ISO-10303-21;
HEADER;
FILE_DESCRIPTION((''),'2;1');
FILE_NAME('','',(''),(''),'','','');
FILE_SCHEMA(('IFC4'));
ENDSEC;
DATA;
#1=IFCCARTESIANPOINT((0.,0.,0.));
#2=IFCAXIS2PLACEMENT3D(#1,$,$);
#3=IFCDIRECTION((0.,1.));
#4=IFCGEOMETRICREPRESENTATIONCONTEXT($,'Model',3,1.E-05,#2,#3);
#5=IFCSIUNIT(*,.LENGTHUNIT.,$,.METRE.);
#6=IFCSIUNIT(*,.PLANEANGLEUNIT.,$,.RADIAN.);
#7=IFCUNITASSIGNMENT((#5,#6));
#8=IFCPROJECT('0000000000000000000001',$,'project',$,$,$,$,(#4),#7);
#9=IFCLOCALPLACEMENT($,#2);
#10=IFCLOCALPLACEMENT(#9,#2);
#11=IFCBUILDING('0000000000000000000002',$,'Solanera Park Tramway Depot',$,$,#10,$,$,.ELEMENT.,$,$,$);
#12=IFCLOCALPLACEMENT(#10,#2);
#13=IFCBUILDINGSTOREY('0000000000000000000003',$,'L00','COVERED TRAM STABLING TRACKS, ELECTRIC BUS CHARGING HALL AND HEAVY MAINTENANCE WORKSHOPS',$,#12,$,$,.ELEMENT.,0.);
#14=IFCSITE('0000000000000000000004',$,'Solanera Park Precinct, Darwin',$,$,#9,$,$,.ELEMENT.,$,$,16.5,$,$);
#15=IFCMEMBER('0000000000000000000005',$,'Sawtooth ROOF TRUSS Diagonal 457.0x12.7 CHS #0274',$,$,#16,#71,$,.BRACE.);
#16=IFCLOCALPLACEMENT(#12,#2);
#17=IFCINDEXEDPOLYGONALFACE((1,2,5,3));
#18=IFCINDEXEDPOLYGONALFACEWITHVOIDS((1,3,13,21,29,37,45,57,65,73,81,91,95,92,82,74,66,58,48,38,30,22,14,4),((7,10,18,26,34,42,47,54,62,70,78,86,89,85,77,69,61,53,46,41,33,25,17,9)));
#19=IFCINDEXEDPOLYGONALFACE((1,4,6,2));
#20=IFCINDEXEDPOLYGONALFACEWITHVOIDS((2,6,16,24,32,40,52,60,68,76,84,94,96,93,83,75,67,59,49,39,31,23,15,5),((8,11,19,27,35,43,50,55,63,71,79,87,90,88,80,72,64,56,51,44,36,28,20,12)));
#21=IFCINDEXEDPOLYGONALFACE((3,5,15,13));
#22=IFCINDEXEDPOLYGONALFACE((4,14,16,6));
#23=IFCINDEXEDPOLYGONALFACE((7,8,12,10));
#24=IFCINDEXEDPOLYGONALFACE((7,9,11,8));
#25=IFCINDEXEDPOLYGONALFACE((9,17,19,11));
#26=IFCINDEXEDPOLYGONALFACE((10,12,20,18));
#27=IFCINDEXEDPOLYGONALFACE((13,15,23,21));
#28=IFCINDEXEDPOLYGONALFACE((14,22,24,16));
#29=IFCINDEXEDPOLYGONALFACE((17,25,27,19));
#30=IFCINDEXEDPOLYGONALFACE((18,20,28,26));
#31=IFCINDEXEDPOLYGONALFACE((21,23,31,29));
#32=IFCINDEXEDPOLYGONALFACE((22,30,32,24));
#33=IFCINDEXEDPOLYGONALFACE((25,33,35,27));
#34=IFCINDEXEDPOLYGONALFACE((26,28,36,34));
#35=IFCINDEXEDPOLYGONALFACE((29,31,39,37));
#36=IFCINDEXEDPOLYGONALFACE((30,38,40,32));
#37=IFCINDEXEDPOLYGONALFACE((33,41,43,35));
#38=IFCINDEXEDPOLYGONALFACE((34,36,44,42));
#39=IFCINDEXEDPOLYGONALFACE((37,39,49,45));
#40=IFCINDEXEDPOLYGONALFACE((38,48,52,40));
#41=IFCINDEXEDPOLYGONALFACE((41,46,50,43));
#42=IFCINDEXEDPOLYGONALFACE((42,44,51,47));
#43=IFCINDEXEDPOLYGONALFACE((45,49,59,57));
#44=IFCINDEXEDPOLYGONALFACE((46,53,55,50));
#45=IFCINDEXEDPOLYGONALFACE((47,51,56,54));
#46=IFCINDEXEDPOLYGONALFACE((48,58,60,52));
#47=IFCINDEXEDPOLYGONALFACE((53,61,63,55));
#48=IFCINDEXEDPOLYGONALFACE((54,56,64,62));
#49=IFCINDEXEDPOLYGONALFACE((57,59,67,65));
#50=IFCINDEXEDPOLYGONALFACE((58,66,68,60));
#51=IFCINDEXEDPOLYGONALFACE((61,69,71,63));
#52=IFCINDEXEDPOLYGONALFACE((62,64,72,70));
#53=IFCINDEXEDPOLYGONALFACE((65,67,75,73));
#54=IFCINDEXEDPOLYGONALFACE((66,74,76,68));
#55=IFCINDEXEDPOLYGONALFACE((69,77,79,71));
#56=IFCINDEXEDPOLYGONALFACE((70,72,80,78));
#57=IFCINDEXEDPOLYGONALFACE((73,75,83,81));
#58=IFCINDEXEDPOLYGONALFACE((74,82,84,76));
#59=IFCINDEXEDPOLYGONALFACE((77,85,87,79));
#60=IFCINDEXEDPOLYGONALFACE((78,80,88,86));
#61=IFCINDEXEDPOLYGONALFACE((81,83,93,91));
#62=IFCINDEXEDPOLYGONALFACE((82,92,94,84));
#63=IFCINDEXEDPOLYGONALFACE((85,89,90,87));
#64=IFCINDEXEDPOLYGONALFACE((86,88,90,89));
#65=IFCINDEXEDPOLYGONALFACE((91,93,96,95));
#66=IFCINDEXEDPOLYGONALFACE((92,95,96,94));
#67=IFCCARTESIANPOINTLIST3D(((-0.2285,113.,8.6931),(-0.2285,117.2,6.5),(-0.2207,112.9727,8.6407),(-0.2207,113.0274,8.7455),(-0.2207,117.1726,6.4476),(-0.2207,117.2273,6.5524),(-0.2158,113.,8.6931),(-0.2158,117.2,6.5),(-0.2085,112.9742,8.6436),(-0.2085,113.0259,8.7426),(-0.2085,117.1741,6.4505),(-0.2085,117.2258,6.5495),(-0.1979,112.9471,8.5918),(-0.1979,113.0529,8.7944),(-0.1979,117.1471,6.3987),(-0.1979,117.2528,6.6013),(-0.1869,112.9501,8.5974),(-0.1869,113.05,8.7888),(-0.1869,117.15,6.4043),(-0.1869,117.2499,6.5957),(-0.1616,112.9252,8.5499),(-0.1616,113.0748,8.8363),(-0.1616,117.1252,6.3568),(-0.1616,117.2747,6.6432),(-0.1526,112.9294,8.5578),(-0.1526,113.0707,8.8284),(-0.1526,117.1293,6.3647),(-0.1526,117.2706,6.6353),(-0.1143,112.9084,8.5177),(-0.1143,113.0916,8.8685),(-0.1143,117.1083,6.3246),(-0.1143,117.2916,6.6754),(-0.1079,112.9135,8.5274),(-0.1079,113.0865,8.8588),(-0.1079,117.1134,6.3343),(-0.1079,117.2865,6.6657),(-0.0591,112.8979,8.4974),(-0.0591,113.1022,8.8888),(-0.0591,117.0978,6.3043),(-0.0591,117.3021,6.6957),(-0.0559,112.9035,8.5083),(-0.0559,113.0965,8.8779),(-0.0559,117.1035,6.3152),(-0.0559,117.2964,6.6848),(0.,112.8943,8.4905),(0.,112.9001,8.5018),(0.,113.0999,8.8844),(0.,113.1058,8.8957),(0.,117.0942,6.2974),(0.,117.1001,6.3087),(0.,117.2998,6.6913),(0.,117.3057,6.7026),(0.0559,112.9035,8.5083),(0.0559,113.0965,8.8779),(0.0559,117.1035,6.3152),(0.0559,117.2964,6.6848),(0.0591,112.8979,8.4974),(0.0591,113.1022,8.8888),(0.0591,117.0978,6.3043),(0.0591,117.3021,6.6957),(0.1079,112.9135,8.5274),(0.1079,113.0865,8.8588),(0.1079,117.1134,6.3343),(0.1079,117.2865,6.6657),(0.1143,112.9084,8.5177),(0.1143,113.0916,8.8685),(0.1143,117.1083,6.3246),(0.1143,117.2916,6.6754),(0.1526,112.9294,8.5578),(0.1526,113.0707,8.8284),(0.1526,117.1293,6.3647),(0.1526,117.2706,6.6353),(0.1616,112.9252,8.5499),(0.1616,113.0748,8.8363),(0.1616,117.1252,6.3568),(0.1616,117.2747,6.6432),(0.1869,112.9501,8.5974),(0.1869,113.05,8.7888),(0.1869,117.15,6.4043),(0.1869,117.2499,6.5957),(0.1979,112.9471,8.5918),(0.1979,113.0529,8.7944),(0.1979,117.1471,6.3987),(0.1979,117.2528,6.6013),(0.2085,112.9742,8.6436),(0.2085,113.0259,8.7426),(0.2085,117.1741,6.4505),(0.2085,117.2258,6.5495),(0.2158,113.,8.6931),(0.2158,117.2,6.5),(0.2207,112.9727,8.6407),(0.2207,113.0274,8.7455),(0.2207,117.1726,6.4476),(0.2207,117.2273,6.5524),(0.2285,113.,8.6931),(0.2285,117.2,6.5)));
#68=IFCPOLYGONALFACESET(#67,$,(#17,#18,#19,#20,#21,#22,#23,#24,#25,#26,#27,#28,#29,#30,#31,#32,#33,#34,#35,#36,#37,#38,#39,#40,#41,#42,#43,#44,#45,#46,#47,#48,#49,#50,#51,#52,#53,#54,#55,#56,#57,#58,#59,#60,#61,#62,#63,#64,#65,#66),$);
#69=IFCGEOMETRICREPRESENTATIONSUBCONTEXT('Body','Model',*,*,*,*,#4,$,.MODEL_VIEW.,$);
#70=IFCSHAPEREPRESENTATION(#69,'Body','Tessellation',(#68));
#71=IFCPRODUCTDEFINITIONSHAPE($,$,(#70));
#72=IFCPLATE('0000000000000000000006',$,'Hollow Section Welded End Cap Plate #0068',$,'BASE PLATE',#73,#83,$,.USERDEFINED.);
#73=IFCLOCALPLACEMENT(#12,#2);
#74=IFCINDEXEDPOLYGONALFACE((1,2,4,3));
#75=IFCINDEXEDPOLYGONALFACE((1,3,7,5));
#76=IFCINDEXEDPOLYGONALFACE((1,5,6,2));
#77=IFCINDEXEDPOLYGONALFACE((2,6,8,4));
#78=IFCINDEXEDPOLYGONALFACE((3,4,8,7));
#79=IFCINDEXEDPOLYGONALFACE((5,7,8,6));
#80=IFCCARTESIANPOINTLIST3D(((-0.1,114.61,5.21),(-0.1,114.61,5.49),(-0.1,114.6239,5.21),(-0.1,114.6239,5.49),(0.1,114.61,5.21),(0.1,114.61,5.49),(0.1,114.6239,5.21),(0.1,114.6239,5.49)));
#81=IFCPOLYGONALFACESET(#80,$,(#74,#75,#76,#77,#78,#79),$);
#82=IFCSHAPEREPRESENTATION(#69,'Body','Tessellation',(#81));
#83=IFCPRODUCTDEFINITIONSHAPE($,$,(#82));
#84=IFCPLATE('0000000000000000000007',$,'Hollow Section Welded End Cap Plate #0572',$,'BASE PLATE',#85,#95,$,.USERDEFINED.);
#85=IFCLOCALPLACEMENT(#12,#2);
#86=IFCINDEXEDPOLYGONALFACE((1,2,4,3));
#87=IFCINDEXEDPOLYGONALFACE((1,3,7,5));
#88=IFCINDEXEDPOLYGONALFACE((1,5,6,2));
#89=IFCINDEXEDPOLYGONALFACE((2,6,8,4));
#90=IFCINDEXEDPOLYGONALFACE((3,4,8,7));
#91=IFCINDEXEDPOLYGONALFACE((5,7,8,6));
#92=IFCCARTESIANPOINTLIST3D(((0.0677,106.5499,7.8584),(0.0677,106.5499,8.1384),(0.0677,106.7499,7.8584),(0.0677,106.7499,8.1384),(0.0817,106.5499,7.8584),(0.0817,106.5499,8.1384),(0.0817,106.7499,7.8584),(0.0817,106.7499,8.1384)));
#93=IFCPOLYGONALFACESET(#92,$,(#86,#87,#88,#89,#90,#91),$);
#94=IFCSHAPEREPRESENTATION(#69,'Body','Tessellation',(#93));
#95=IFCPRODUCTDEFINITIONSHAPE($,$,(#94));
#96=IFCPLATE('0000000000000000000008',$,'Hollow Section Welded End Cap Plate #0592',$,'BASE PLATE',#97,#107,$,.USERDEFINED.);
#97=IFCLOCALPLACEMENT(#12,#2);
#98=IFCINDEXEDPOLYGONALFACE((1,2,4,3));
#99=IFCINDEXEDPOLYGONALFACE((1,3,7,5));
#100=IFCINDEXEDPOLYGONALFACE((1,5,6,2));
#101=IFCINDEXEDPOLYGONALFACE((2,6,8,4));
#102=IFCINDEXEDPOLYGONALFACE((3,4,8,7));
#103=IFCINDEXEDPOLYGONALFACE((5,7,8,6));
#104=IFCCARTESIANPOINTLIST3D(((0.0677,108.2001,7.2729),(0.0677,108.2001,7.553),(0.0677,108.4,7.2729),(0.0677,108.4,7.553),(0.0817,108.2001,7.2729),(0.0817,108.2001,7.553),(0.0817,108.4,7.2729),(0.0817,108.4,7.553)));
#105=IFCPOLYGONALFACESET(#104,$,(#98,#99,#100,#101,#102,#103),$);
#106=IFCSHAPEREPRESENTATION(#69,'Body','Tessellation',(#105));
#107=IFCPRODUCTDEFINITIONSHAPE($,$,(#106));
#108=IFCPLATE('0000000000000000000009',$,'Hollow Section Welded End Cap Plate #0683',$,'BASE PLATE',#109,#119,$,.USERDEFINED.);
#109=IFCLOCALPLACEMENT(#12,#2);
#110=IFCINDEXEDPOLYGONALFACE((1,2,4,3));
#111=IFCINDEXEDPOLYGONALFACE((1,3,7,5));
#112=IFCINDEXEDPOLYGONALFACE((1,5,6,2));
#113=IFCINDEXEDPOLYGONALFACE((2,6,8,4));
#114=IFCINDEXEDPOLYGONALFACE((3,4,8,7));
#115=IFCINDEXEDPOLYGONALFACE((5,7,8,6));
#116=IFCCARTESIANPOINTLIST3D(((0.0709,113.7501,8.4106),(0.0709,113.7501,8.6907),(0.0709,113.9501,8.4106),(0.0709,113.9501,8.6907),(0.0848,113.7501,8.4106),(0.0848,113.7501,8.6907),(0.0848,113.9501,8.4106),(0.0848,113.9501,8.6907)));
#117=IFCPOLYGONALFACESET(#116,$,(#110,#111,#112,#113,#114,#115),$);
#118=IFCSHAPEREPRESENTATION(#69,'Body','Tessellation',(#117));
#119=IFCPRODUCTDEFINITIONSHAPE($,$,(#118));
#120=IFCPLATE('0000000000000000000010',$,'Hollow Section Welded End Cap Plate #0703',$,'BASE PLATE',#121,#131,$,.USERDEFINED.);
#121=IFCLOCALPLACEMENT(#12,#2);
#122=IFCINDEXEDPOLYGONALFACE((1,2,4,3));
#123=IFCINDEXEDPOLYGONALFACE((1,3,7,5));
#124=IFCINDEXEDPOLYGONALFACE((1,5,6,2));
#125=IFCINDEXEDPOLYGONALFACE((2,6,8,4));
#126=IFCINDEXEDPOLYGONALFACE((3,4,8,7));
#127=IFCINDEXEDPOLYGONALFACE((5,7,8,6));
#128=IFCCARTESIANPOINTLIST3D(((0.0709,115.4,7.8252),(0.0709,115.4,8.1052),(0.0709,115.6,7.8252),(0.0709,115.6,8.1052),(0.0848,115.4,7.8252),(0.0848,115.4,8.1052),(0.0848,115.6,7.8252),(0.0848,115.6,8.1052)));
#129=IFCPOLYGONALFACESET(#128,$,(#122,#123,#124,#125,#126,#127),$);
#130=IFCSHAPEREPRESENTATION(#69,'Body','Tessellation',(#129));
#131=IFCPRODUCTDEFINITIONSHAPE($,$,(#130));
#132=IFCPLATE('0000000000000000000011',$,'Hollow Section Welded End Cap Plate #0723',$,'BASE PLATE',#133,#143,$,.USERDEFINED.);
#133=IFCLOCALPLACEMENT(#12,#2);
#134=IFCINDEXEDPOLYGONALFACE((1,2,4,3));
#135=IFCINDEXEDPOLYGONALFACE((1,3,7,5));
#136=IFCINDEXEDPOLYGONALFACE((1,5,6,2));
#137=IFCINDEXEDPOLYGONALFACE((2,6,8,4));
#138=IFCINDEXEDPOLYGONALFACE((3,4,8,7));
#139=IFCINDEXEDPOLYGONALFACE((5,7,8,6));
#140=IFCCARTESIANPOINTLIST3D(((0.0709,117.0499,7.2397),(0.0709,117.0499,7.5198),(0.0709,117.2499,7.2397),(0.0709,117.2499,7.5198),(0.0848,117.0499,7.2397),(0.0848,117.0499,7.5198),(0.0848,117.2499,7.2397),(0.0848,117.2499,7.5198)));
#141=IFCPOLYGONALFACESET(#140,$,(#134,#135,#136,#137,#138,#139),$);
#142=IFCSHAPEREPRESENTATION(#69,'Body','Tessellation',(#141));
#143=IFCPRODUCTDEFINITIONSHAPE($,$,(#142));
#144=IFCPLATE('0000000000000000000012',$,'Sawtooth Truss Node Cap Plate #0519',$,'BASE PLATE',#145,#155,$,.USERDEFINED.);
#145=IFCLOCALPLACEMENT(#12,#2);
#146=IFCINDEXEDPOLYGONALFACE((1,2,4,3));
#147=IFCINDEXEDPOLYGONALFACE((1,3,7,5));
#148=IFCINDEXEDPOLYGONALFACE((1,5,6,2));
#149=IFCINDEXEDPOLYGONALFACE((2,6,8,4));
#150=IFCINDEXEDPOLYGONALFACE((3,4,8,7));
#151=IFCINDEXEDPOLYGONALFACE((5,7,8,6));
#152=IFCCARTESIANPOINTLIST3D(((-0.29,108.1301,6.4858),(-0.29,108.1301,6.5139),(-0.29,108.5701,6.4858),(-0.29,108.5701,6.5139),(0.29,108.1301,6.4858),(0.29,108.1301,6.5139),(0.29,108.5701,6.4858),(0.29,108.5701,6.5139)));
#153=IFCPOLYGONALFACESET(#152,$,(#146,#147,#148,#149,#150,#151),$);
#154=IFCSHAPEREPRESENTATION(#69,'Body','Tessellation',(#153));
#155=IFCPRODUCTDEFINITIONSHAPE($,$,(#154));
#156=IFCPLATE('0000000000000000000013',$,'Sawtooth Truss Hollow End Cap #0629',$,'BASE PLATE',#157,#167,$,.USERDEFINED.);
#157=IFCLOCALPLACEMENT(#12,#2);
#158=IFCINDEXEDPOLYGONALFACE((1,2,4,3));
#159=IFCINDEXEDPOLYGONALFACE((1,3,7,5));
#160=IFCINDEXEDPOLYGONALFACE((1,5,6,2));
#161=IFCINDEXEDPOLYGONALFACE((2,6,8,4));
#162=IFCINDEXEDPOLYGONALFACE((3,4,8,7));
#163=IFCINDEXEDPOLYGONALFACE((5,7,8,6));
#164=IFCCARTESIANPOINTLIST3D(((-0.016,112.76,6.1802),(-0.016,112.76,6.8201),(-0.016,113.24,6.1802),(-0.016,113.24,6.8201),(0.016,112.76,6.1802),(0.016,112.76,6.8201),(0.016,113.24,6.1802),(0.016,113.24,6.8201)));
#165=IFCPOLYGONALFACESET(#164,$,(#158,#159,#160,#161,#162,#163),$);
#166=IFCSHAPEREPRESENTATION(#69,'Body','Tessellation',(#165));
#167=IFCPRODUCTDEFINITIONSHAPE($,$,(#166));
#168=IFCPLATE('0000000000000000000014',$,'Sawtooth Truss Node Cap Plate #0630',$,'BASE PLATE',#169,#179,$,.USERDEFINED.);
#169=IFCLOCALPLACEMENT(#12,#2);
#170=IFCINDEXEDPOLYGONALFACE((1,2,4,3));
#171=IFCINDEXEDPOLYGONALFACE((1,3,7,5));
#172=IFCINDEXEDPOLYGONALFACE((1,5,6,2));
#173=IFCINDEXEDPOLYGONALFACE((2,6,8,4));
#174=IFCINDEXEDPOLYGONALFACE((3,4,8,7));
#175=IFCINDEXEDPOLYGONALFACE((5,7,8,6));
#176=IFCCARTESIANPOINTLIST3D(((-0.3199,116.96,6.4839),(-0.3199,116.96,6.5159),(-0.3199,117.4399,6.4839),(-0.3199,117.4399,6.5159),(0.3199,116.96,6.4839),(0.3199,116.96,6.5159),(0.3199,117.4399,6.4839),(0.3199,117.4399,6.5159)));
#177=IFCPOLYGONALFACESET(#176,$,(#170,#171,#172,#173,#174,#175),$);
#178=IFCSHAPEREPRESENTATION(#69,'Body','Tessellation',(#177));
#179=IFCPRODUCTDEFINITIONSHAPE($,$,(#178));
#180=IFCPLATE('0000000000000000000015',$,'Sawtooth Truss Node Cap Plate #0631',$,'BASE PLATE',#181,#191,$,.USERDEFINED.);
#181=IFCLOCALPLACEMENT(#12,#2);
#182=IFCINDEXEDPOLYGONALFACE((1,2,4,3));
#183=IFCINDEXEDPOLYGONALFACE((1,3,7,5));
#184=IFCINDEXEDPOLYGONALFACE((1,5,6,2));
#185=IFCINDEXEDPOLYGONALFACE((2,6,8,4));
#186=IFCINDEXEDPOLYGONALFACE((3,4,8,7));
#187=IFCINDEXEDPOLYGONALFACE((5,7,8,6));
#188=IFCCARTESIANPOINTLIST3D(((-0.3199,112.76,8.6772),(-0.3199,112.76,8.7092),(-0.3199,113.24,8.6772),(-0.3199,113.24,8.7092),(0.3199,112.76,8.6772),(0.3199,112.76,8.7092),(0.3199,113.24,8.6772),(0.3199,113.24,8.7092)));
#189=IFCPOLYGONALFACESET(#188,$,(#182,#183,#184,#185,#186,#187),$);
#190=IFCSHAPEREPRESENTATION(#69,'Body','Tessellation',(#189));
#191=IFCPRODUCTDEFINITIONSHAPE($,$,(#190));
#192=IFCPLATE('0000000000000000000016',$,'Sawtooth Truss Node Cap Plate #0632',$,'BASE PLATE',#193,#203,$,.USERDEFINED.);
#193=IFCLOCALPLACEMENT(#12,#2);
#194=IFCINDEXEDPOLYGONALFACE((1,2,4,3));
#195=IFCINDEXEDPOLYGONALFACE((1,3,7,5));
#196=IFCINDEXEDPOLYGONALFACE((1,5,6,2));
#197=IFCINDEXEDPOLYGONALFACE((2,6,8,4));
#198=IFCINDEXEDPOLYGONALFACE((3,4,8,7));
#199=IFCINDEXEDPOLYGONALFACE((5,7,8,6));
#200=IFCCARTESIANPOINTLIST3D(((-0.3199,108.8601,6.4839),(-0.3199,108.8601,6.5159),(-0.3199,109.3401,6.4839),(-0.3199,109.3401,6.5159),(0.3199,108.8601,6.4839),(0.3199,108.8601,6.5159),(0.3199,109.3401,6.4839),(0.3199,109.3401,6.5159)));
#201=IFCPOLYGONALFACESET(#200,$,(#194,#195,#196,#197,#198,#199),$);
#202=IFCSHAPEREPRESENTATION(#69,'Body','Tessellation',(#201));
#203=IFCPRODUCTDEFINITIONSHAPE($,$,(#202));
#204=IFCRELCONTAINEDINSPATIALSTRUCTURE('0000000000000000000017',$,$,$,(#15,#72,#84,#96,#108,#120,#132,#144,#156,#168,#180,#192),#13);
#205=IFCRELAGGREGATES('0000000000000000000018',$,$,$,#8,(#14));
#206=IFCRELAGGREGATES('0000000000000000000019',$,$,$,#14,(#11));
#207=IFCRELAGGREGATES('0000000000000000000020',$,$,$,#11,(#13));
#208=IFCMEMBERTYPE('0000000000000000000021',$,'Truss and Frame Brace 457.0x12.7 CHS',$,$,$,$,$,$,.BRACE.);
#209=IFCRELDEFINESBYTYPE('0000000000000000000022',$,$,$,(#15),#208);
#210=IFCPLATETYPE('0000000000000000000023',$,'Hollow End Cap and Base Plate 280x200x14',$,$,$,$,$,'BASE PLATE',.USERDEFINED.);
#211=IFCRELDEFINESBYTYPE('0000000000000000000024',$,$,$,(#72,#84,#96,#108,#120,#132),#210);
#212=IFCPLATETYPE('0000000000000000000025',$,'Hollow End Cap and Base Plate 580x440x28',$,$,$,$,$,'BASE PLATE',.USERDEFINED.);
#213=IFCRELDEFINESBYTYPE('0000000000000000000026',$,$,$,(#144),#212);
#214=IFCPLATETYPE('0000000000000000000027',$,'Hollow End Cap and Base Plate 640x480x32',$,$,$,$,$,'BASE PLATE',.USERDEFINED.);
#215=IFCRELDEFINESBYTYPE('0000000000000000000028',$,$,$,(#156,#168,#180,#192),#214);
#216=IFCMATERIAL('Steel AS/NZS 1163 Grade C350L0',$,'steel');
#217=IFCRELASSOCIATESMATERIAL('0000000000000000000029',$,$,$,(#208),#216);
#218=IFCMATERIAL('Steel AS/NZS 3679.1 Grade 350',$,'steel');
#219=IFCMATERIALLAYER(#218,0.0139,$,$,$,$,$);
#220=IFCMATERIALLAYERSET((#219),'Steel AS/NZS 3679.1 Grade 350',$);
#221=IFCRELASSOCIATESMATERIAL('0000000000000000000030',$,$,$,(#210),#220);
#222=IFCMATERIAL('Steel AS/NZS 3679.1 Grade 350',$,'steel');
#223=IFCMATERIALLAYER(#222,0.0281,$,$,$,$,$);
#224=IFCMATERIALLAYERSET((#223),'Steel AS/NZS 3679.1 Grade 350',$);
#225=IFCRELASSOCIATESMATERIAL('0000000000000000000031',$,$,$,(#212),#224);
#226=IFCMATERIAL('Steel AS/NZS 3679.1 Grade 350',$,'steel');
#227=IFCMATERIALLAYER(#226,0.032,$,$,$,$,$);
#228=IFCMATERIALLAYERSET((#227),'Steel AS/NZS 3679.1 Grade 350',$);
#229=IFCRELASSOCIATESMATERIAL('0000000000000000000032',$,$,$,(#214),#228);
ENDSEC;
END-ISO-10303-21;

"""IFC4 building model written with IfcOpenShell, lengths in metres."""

from ifc_helpers import new_model, si_unit, direction, frame, origin, origin_2d, place, context, subcontext, project, spatial, rectangle, hollow_circle, extrude, material, layer, layer_set, material_profile, profile_set, type_object, element, save


model = new_model("IFC4")

# Units and contexts
model_context = context("Model", 3, precision=1e-05, world=origin(), true_north=direction((0.0, 1.0)))
body_context = subcontext(model_context, "Body", "Model", "MODEL_VIEW")
ifc_project = project(units=[si_unit("LENGTHUNIT", "METRE"), si_unit("PLANEANGLEUNIT", "RADIAN")], contexts=[model_context])

# Site, building, storey
site_placement = place(None, origin())
site = spatial("IfcSite", under=ifc_project, at=site_placement, Name="Solanera Park Precinct, Darwin", CompositionType="ELEMENT", RefElevation=16.5)
building_placement = place(site_placement, origin())
building = spatial("IfcBuilding", under=site, at=building_placement, Name="Solanera Park Tramway Depot", CompositionType="ELEMENT")
storey_placement = place(building_placement, origin())
storey = spatial("IfcBuildingStorey", under=building, at=storey_placement, Name="L00", Description="COVERED TRAM STABLING TRACKS, ELECTRIC BUS CHARGING HALL AND HEAVY MAINTENANCE WORKSHOPS", CompositionType="ELEMENT", Elevation=0.0)

# Member
ifc_material_1 = material(Name="Steel AS/NZS 1163 Grade C350L0", Category="steel")
ifc_material_profile_1 = material_profile(ifc_material_1, hollow_circle(Radius=0.2285, WallThickness=0.0127, at=origin_2d()), Name="457.0x12.7 CHS")
ifc_profile_set_1 = profile_set([ifc_material_profile_1], Name="Steel AS/NZS 1163 Grade C350L0")
member_type_1 = type_object("IfcMemberType", Name="Truss and Frame Brace 457.0x12.7 CHS", PredefinedType="BRACE", material=ifc_profile_set_1)
member_1_placement = place(storey_placement, frame((0.0, 117.2, 6.5), z_axis=(0.0, -0.886426, 0.462871), x_axis=(1.0, 0.0, 0.0)))
element("IfcMember", 1, at=member_1_placement, inside=storey, type_object=member_type_1, Name="Sawtooth ROOF TRUSS Diagonal 457.0x12.7 CHS #0274", PredefinedType="BRACE", context=body_context, shape_type="SweptSolid", body=[
    extrude(hollow_circle(Radius=0.2285, WallThickness=0.0127, at=origin_2d()), origin(), (0.0, 0.0, 1.0), 4.738),
])

# Plates
ifc_material_2 = material(Name="Steel AS/NZS 3679.1 Grade 350", Category="steel")
ifc_layer_1 = layer(ifc_material_2, 0.0139)
ifc_layer_set_1 = layer_set([ifc_layer_1], Name="Steel AS/NZS 3679.1 Grade 350")
plate_type_1 = type_object("IfcPlateType", Name="Hollow End Cap and Base Plate 280x200x14", ElementType="BASE PLATE", PredefinedType="USERDEFINED", material=ifc_layer_set_1)
for number, where, z_axis, x_axis, name in (
    (2, (0.0, 114.6169, 5.21), (0.0, 0.0, 1.0), (0.0, 1.0, 0.0), "Hollow Section Welded End Cap Plate #0068"),
    (3, (0.0747, 106.6499, 7.8584), (0.0, 0.0, 1.0), (1.0, 0.0, 0.0), "Hollow Section Welded End Cap Plate #0572"),
    (4, (0.0747, 108.3, 7.2729), (0.0, 0.0, 1.0), (1.0, 0.0, 0.0), "Hollow Section Welded End Cap Plate #0592"),
    (5, (0.0779, 113.8501, 8.4106), (0.0, 0.0, 1.0), (1.0, 0.0, 0.0), "Hollow Section Welded End Cap Plate #0683"),
    (6, (0.0779, 115.5, 7.8252), (0.0, 0.0, 1.0), (1.0, 0.0, 0.0), "Hollow Section Welded End Cap Plate #0703"),
    (7, (0.0779, 117.1499, 7.2397), (0.0, 0.0, 1.0), (1.0, 0.0, 0.0), "Hollow Section Welded End Cap Plate #0723"),
):
    element("IfcPlate", number, at=place(storey_placement, frame(where, z_axis=z_axis, x_axis=x_axis)), inside=storey, type_object=plate_type_1, Name=name, ObjectType="BASE PLATE", PredefinedType="USERDEFINED", context=body_context, shape_type="SweptSolid", body=[
        extrude(rectangle(XDim=0.0139, YDim=0.2, at=origin_2d()), origin(), (0.0, 0.0, 1.0), 0.28),
    ])
ifc_material_3 = material(Name="Steel AS/NZS 3679.1 Grade 350", Category="steel")
ifc_layer_2 = layer(ifc_material_3, 0.0281)
ifc_layer_set_2 = layer_set([ifc_layer_2], Name="Steel AS/NZS 3679.1 Grade 350")
plate_type_2 = type_object("IfcPlateType", Name="Hollow End Cap and Base Plate 580x440x28", ElementType="BASE PLATE", PredefinedType="USERDEFINED", material=ifc_layer_set_2)
plate_1_placement = place(storey_placement, frame((0.0, 108.3501, 6.4858), z_axis=(0.0, 0.0, 1.0), x_axis=(1.0, 0.0, 0.0)))
element("IfcPlate", 8, at=plate_1_placement, inside=storey, type_object=plate_type_2, Name="Sawtooth Truss Node Cap Plate #0519", ObjectType="BASE PLATE", PredefinedType="USERDEFINED", context=body_context, shape_type="SweptSolid", body=[
    extrude(rectangle(XDim=0.5801, YDim=0.4399, at=origin_2d()), origin(), (0.0, 0.0, 1.0), 0.0281),
])
ifc_material_4 = material(Name="Steel AS/NZS 3679.1 Grade 350", Category="steel")
ifc_layer_3 = layer(ifc_material_4, 0.032)
ifc_layer_set_3 = layer_set([ifc_layer_3], Name="Steel AS/NZS 3679.1 Grade 350")
plate_type_3 = type_object("IfcPlateType", Name="Hollow End Cap and Base Plate 640x480x32", ElementType="BASE PLATE", PredefinedType="USERDEFINED", material=ifc_layer_set_3)
plate_2_placement = place(storey_placement, frame((0.0, 113.0, 6.1802), z_axis=(0.0, 0.0, 1.0), x_axis=(1.0, 0.0, 0.0)))
element("IfcPlate", 9, at=plate_2_placement, inside=storey, type_object=plate_type_3, Name="Sawtooth Truss Hollow End Cap #0629", ObjectType="BASE PLATE", PredefinedType="USERDEFINED", context=body_context, shape_type="SweptSolid", body=[
    extrude(rectangle(XDim=0.032, YDim=0.48, at=origin_2d()), origin(), (0.0, 0.0, 1.0), 0.6399),
])
for number, where, z_axis, x_axis, name in (
    (10, (0.0, 117.2, 6.4839), (0.0, 0.0, 1.0), (1.0, 0.0, 0.0), "Sawtooth Truss Node Cap Plate #0630"),
    (11, (0.0, 113.0, 8.6772), (0.0, 0.0, 1.0), (1.0, 0.0, 0.0), "Sawtooth Truss Node Cap Plate #0631"),
    (12, (0.0, 109.1001, 6.4839), (0.0, 0.0, 1.0), (1.0, 0.0, 0.0), "Sawtooth Truss Node Cap Plate #0632"),
):
    element("IfcPlate", number, at=place(storey_placement, frame(where, z_axis=z_axis, x_axis=x_axis)), inside=storey, type_object=plate_type_3, Name=name, ObjectType="BASE PLATE", PredefinedType="USERDEFINED", context=body_context, shape_type="SweptSolid", body=[
        extrude(rectangle(XDim=0.6399, YDim=0.48, at=origin_2d()), origin(), (0.0, 0.0, 1.0), 0.032),
    ])

save(model, "model.ifc")
